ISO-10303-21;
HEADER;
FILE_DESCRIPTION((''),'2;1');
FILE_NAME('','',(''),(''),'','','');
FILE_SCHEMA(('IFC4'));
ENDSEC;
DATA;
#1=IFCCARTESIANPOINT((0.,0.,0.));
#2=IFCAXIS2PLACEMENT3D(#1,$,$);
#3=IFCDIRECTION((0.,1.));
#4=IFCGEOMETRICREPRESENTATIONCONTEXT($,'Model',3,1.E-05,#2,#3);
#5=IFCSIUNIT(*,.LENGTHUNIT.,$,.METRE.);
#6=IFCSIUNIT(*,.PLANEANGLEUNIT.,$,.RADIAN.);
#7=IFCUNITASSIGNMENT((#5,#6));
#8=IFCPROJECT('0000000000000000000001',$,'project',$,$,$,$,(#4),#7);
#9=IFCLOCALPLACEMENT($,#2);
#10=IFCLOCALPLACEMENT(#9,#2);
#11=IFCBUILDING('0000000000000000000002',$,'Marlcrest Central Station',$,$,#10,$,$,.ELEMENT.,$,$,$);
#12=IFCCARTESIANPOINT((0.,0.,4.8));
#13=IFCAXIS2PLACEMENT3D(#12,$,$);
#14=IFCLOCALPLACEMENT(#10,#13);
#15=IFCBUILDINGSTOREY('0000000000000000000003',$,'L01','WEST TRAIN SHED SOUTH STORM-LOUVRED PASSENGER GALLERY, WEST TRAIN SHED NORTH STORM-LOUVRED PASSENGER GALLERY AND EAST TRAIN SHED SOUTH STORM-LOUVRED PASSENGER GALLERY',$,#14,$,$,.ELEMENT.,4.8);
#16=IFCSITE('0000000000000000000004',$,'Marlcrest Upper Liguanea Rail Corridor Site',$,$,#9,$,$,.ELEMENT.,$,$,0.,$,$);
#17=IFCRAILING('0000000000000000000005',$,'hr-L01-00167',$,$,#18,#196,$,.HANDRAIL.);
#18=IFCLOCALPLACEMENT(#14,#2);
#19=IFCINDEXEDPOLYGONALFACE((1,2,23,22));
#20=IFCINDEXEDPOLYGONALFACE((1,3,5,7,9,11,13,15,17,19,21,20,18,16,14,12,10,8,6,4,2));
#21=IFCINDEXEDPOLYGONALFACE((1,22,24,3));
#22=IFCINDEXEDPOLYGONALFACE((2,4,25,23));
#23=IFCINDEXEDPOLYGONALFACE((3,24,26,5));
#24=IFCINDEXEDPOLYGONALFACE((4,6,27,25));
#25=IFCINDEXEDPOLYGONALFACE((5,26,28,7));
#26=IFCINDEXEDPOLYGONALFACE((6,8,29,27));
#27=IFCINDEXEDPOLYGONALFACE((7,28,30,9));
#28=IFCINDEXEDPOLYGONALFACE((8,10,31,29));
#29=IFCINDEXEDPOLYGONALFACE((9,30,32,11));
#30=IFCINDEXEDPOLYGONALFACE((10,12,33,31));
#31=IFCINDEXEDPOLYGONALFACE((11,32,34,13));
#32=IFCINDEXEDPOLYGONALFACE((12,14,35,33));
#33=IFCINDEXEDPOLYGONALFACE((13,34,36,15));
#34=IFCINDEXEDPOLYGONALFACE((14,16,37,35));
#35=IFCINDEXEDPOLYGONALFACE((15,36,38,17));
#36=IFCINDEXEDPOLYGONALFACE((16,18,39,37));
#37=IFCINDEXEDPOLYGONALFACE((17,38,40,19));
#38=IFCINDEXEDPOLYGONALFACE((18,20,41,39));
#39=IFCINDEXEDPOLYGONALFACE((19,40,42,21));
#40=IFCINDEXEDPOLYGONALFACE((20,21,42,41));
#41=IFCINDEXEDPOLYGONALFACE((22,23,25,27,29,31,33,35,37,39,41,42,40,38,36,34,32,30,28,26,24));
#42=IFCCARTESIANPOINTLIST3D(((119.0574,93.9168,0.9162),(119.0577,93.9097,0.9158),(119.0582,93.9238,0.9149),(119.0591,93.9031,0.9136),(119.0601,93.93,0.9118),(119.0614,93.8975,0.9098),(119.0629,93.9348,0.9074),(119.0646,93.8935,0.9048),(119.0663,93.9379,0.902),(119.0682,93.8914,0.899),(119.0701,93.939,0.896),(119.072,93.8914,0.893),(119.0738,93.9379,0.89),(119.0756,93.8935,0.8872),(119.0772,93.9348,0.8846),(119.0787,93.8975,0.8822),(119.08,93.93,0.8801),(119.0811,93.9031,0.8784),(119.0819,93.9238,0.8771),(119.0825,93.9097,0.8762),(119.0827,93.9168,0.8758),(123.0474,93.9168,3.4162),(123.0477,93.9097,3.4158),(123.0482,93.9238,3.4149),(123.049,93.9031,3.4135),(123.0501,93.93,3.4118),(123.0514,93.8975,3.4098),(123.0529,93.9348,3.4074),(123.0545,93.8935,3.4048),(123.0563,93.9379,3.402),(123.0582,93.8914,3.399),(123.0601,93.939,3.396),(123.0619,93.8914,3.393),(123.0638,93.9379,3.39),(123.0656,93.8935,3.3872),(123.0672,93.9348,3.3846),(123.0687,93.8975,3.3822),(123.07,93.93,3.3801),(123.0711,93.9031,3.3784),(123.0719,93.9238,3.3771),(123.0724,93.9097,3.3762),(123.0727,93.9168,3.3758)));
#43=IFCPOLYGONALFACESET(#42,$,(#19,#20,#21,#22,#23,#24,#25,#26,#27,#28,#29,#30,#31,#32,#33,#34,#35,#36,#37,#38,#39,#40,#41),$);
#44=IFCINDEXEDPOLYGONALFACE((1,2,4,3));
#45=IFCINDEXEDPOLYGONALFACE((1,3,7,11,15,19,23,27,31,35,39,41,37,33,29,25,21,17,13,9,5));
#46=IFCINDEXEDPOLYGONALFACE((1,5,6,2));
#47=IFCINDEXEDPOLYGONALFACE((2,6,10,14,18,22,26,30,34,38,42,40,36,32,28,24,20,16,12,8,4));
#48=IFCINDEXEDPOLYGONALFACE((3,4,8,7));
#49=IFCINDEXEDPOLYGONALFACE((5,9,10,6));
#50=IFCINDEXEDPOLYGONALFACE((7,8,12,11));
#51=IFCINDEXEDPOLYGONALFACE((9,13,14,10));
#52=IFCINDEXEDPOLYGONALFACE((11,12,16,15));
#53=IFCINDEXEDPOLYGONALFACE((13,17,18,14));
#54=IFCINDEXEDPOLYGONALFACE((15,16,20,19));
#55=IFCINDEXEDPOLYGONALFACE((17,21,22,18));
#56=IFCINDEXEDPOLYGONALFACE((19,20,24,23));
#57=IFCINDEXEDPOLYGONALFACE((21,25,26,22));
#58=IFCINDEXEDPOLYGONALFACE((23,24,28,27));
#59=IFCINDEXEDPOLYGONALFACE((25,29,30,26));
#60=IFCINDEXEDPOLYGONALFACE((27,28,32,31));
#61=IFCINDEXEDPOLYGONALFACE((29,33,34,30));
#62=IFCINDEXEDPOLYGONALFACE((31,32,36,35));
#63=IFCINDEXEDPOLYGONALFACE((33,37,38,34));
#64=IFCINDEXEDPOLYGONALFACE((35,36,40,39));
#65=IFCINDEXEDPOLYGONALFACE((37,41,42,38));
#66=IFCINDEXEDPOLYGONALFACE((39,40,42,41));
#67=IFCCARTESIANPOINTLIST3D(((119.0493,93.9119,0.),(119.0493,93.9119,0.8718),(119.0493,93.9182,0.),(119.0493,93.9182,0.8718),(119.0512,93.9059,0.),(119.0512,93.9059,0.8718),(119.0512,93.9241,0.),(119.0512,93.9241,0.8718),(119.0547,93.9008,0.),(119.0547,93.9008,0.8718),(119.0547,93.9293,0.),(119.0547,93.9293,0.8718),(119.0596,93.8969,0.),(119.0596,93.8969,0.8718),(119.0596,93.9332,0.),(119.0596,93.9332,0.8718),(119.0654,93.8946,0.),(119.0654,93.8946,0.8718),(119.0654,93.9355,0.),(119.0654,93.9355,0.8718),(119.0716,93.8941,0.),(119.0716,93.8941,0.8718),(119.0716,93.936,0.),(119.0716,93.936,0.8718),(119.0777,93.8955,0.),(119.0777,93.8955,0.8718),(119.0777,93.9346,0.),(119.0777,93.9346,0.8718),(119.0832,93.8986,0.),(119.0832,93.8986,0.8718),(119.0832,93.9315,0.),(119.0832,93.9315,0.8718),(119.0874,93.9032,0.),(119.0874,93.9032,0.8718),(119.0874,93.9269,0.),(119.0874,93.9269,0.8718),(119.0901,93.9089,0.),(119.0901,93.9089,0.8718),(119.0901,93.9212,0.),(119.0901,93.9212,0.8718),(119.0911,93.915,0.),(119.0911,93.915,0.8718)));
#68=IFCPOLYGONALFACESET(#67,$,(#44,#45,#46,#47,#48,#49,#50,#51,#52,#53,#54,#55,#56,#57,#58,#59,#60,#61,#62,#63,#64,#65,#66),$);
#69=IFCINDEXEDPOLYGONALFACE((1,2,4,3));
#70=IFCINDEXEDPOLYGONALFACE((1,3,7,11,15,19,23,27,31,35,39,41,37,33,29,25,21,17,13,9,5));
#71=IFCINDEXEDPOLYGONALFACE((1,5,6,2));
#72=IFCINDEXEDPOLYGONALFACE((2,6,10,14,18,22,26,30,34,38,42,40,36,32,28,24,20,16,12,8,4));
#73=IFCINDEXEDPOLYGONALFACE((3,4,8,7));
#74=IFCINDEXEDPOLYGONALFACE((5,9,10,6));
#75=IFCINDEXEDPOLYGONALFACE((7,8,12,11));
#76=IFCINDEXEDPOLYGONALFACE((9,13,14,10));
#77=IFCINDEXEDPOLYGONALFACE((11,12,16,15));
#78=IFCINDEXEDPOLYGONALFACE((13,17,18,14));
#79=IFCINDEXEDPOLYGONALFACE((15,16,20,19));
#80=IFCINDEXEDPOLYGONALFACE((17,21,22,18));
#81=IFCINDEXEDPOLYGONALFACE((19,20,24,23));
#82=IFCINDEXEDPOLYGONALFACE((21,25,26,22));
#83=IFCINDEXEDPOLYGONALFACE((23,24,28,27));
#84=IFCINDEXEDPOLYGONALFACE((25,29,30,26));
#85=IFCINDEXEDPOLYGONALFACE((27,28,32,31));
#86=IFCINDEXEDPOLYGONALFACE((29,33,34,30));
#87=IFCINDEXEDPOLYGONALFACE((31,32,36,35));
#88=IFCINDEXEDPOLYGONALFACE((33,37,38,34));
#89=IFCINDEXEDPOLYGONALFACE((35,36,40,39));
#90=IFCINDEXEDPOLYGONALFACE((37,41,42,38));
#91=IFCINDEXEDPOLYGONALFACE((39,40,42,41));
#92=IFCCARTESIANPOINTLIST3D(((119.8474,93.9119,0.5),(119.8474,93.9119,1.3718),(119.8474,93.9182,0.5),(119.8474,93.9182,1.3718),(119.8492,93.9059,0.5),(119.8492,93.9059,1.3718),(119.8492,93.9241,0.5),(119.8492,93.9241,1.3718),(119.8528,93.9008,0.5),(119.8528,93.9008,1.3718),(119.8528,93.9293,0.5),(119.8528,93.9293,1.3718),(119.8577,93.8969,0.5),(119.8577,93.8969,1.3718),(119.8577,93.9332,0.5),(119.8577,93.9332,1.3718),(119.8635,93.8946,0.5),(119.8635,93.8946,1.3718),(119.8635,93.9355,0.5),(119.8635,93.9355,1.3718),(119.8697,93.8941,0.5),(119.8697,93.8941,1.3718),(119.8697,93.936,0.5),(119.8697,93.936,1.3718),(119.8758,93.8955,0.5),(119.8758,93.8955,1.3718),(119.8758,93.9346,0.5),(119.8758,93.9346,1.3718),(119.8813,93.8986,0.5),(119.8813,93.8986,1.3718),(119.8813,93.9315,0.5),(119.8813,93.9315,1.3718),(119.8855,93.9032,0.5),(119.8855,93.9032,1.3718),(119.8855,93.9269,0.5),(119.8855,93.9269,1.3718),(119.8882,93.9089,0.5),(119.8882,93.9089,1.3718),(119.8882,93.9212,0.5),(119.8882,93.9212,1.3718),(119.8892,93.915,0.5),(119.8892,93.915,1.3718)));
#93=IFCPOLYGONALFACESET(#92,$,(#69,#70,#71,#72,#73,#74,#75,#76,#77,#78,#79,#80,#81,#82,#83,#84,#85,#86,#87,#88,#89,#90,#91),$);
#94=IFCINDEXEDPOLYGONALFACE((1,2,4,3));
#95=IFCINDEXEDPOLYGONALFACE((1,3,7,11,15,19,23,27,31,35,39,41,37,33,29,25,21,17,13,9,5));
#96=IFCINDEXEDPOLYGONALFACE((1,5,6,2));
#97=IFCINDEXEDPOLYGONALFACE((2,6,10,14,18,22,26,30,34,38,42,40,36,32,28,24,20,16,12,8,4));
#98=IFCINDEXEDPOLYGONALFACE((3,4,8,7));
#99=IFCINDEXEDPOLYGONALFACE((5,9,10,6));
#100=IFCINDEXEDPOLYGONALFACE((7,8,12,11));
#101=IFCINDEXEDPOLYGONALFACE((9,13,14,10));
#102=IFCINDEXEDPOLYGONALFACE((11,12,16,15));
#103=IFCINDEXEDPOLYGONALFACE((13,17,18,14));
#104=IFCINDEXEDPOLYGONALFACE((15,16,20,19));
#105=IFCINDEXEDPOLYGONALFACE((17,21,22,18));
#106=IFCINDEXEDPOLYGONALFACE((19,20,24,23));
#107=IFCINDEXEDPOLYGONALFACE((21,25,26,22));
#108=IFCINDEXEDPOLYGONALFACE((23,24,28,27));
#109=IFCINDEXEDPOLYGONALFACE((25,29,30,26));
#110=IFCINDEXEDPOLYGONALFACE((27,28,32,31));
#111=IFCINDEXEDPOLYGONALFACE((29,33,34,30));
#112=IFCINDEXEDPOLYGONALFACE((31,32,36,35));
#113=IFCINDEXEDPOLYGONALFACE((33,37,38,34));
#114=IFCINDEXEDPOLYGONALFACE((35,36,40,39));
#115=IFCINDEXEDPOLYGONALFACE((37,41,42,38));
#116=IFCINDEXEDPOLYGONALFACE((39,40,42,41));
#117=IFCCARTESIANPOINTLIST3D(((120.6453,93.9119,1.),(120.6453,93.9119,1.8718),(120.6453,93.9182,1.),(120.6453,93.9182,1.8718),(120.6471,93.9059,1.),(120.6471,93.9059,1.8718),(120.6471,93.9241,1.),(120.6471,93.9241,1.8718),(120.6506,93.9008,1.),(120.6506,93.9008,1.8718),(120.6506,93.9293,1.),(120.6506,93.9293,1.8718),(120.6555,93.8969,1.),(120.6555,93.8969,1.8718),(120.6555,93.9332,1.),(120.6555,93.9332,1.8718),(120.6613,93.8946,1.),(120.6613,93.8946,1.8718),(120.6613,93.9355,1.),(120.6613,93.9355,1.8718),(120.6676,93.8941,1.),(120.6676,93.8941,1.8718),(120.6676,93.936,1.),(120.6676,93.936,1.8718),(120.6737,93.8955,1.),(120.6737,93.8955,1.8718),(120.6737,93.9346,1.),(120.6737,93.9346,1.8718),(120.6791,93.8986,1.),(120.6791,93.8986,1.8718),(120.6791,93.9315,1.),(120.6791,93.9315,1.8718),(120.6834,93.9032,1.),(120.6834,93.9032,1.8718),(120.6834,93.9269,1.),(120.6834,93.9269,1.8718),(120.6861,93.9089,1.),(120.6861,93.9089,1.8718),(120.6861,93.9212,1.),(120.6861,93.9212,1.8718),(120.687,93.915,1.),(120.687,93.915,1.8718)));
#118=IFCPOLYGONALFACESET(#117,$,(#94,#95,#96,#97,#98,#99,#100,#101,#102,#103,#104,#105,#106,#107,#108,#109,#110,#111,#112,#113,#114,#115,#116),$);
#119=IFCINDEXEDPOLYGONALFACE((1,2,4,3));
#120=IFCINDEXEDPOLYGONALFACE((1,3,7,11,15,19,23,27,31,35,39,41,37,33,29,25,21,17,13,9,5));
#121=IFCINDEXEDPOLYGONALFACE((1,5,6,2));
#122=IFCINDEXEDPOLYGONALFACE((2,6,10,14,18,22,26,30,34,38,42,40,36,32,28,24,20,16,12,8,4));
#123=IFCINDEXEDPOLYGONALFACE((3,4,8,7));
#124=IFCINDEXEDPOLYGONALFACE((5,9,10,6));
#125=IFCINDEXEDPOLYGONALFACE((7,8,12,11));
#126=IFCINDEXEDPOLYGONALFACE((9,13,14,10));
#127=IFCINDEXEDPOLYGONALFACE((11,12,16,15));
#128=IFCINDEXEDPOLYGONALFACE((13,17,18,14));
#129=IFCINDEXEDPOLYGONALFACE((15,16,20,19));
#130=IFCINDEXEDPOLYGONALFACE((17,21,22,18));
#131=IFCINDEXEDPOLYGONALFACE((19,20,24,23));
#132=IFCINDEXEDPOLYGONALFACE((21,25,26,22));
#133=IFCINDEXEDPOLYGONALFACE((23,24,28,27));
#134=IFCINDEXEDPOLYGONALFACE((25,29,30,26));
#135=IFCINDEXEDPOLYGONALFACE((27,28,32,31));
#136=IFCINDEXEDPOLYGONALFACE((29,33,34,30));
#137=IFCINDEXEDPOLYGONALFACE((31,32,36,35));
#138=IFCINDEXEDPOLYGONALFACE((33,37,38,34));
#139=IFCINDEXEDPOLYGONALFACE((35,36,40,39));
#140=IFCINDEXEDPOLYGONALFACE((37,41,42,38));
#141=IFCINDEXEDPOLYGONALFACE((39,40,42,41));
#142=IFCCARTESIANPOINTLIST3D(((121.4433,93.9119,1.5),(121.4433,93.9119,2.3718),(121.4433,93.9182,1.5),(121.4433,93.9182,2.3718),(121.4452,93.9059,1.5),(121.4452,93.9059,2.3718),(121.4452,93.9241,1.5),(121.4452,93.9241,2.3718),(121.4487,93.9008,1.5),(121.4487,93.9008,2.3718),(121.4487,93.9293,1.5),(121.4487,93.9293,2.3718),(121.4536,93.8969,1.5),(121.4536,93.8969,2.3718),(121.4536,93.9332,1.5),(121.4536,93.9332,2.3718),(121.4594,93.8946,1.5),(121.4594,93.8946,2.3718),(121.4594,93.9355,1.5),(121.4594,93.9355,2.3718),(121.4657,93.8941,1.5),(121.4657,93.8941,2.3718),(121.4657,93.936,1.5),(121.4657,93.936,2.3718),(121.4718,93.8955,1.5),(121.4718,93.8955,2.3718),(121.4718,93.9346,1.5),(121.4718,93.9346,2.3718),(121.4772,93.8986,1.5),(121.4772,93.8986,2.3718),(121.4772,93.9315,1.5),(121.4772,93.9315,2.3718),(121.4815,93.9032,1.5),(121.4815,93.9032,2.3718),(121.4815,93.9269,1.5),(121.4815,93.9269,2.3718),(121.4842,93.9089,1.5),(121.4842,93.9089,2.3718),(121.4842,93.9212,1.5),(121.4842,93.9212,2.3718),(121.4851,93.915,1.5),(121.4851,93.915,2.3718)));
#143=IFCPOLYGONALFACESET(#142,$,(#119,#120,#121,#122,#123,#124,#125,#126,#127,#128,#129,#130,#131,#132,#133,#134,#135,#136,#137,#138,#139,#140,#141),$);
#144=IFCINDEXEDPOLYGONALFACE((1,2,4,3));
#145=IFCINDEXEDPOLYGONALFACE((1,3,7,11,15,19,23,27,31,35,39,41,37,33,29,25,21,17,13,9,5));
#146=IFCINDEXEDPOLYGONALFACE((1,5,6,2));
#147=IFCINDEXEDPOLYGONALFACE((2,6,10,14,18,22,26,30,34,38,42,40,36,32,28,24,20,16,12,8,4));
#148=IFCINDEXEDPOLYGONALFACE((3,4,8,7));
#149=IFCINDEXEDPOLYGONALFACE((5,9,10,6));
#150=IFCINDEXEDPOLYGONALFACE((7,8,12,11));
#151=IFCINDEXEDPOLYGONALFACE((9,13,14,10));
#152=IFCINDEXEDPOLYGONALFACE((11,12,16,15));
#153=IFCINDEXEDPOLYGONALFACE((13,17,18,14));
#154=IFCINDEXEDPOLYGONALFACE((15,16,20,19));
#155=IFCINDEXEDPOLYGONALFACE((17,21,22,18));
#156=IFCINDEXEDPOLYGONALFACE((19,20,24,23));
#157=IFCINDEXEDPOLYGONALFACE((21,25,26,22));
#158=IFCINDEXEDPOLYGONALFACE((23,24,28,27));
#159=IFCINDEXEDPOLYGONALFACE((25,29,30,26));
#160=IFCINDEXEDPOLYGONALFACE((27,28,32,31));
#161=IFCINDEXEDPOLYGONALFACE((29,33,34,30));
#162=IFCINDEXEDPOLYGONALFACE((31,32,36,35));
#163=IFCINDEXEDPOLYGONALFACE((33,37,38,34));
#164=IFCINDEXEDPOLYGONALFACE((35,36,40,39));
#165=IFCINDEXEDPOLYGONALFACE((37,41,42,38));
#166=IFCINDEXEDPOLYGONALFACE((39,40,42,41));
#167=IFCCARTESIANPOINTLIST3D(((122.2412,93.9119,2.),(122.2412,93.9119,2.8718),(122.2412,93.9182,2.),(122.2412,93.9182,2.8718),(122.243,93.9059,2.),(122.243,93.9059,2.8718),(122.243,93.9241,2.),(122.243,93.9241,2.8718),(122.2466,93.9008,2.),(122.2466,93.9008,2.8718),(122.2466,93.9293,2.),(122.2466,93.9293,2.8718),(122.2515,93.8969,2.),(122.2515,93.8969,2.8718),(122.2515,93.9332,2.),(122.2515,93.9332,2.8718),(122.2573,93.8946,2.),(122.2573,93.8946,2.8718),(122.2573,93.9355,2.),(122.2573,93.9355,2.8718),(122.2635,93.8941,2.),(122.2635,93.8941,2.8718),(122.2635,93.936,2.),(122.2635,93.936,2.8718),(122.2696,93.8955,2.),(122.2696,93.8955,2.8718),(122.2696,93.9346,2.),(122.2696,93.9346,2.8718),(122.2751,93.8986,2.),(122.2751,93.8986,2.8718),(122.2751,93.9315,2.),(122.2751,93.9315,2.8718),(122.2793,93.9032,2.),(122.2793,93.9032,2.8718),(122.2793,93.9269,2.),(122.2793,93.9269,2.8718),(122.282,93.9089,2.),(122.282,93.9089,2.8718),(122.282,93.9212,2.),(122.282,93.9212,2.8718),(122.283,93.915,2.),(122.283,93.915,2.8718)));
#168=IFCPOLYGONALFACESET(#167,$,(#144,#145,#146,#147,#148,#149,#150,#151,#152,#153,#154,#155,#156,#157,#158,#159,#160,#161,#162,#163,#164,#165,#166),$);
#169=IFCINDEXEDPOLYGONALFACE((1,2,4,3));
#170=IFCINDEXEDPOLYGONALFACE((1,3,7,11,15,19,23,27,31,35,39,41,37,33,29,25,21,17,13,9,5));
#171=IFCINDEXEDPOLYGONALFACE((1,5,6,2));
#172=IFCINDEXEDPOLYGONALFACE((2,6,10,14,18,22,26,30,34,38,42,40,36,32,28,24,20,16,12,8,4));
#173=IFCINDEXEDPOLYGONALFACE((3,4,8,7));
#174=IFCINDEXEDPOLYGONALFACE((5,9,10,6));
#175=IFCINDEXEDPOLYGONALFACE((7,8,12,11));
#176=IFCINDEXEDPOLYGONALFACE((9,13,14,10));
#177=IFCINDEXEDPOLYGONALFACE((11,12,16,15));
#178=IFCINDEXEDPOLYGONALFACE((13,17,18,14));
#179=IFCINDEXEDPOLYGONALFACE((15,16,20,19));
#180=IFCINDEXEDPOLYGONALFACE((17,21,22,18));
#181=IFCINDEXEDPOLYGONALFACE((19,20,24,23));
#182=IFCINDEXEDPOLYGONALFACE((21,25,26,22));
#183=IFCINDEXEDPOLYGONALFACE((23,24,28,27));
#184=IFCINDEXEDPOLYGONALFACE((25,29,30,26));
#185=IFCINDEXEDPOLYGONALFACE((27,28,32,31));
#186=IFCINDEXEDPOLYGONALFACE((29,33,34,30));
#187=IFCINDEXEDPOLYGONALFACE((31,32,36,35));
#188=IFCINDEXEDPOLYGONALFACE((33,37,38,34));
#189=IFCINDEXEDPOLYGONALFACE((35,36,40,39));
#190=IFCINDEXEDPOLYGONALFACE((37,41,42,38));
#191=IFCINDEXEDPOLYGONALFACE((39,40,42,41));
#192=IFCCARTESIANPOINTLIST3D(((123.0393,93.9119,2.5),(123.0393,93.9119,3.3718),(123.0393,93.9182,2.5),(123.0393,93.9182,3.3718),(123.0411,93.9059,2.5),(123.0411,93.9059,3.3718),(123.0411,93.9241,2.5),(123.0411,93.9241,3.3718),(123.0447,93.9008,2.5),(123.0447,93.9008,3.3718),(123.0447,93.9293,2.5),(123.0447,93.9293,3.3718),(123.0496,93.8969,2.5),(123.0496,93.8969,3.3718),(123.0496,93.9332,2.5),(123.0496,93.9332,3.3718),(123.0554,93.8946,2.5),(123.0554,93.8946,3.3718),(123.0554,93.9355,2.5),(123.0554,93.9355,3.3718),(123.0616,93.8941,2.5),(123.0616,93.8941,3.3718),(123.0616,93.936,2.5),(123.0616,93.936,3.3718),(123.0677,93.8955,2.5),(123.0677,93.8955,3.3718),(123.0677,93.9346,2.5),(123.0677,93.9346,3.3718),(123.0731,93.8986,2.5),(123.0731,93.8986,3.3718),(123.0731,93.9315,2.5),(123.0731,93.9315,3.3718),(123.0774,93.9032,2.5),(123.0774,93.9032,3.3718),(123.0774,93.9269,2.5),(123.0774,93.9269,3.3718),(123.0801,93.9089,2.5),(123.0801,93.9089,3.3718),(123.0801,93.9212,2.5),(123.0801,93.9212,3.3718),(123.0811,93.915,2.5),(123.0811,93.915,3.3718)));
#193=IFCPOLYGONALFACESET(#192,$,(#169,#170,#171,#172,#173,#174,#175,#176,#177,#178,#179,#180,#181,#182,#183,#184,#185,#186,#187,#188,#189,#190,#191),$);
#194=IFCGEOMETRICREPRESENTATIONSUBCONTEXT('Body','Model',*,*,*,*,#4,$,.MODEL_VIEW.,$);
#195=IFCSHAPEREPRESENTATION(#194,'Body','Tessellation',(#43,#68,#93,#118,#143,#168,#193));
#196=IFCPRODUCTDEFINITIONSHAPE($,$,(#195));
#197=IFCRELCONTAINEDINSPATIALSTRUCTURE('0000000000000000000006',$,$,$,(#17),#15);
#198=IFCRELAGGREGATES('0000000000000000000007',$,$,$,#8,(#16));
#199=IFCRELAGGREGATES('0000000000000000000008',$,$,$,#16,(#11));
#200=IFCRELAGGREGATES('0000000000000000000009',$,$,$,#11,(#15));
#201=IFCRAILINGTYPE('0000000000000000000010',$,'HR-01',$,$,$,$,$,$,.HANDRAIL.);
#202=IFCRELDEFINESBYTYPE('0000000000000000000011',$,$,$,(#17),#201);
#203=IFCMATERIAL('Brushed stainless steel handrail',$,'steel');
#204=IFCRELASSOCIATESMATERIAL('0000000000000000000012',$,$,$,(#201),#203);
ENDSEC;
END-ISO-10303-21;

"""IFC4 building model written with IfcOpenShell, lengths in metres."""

from ifc_helpers import new_model, si_unit, direction, frame, origin, origin_2d, place, context, subcontext, project, spatial, circle, extrude, material, type_object, element, save


model = new_model("IFC4")

# Units and contexts
model_context = context("Model", 3, precision=1e-05, world=origin(), true_north=direction((0.0, 1.0)))
body_context = subcontext(model_context, "Body", "Model", "MODEL_VIEW")
ifc_project = project(units=[si_unit("LENGTHUNIT", "METRE"), si_unit("PLANEANGLEUNIT", "RADIAN")], contexts=[model_context])

# Site, building, storey
site_placement = place(None, origin())
site = spatial("IfcSite", under=ifc_project, at=site_placement, Name="Marlcrest Upper Liguanea Rail Corridor Site", CompositionType="ELEMENT", RefElevation=0.0)
building_placement = place(site_placement, origin())
building = spatial("IfcBuilding", under=site, at=building_placement, Name="Marlcrest Central Station", CompositionType="ELEMENT")
storey_placement = place(building_placement, frame((0.0, 0.0, 4.8)))
storey = spatial("IfcBuildingStorey", under=building, at=storey_placement, Name="L01", Description="WEST TRAIN SHED SOUTH STORM-LOUVRED PASSENGER GALLERY, WEST TRAIN SHED NORTH STORM-LOUVRED PASSENGER GALLERY AND EAST TRAIN SHED SOUTH STORM-LOUVRED PASSENGER GALLERY", CompositionType="ELEMENT", Elevation=4.8)

# Railing
ifc_material_1 = material(Name="Brushed stainless steel handrail", Category="steel")
railing_type_1 = type_object("IfcRailingType", Name="HR-01", PredefinedType="HANDRAIL", material=ifc_material_1)
railing_1_placement = place(storey_placement, frame((119.0701, 93.915, 0.0)))
element("IfcRailing", 1, at=railing_1_placement, inside=storey, type_object=railing_type_1, Name="hr-L01-00167", PredefinedType="HANDRAIL", context=body_context, shape_type="SweptSolid", body=[
    extrude(circle(Radius=0.0239, at=origin_2d()), frame((0.0, 0.0, 0.896), z_axis=(0.847401, 0.0, 0.530954), x_axis=(0.0, 1.0, 0.0)), (0.0, 0.0, 1.0), 4.7085),
    extrude(circle(Radius=0.021, at=origin_2d()), origin(), (0.0, 0.0, 1.0), 0.8718),
    extrude(circle(Radius=0.021, at=origin_2d()), frame((0.7981, 0.0, 0.5)), (0.0, 0.0, 1.0), 0.8718),
    extrude(circle(Radius=0.021, at=origin_2d()), frame((1.5959, 0.0, 1.0)), (0.0, 0.0, 1.0), 0.8718),
    extrude(circle(Radius=0.021, at=origin_2d()), frame((2.394, 0.0, 1.5)), (0.0, 0.0, 1.0), 0.8718),
    extrude(circle(Radius=0.021, at=origin_2d()), frame((3.1919, 0.0, 2.0)), (0.0, 0.0, 1.0), 0.8718),
    extrude(circle(Radius=0.021, at=origin_2d()), frame((3.99, 0.0, 2.5)), (0.0, 0.0, 1.0), 0.8718),
])

save(model, "model.ifc")
